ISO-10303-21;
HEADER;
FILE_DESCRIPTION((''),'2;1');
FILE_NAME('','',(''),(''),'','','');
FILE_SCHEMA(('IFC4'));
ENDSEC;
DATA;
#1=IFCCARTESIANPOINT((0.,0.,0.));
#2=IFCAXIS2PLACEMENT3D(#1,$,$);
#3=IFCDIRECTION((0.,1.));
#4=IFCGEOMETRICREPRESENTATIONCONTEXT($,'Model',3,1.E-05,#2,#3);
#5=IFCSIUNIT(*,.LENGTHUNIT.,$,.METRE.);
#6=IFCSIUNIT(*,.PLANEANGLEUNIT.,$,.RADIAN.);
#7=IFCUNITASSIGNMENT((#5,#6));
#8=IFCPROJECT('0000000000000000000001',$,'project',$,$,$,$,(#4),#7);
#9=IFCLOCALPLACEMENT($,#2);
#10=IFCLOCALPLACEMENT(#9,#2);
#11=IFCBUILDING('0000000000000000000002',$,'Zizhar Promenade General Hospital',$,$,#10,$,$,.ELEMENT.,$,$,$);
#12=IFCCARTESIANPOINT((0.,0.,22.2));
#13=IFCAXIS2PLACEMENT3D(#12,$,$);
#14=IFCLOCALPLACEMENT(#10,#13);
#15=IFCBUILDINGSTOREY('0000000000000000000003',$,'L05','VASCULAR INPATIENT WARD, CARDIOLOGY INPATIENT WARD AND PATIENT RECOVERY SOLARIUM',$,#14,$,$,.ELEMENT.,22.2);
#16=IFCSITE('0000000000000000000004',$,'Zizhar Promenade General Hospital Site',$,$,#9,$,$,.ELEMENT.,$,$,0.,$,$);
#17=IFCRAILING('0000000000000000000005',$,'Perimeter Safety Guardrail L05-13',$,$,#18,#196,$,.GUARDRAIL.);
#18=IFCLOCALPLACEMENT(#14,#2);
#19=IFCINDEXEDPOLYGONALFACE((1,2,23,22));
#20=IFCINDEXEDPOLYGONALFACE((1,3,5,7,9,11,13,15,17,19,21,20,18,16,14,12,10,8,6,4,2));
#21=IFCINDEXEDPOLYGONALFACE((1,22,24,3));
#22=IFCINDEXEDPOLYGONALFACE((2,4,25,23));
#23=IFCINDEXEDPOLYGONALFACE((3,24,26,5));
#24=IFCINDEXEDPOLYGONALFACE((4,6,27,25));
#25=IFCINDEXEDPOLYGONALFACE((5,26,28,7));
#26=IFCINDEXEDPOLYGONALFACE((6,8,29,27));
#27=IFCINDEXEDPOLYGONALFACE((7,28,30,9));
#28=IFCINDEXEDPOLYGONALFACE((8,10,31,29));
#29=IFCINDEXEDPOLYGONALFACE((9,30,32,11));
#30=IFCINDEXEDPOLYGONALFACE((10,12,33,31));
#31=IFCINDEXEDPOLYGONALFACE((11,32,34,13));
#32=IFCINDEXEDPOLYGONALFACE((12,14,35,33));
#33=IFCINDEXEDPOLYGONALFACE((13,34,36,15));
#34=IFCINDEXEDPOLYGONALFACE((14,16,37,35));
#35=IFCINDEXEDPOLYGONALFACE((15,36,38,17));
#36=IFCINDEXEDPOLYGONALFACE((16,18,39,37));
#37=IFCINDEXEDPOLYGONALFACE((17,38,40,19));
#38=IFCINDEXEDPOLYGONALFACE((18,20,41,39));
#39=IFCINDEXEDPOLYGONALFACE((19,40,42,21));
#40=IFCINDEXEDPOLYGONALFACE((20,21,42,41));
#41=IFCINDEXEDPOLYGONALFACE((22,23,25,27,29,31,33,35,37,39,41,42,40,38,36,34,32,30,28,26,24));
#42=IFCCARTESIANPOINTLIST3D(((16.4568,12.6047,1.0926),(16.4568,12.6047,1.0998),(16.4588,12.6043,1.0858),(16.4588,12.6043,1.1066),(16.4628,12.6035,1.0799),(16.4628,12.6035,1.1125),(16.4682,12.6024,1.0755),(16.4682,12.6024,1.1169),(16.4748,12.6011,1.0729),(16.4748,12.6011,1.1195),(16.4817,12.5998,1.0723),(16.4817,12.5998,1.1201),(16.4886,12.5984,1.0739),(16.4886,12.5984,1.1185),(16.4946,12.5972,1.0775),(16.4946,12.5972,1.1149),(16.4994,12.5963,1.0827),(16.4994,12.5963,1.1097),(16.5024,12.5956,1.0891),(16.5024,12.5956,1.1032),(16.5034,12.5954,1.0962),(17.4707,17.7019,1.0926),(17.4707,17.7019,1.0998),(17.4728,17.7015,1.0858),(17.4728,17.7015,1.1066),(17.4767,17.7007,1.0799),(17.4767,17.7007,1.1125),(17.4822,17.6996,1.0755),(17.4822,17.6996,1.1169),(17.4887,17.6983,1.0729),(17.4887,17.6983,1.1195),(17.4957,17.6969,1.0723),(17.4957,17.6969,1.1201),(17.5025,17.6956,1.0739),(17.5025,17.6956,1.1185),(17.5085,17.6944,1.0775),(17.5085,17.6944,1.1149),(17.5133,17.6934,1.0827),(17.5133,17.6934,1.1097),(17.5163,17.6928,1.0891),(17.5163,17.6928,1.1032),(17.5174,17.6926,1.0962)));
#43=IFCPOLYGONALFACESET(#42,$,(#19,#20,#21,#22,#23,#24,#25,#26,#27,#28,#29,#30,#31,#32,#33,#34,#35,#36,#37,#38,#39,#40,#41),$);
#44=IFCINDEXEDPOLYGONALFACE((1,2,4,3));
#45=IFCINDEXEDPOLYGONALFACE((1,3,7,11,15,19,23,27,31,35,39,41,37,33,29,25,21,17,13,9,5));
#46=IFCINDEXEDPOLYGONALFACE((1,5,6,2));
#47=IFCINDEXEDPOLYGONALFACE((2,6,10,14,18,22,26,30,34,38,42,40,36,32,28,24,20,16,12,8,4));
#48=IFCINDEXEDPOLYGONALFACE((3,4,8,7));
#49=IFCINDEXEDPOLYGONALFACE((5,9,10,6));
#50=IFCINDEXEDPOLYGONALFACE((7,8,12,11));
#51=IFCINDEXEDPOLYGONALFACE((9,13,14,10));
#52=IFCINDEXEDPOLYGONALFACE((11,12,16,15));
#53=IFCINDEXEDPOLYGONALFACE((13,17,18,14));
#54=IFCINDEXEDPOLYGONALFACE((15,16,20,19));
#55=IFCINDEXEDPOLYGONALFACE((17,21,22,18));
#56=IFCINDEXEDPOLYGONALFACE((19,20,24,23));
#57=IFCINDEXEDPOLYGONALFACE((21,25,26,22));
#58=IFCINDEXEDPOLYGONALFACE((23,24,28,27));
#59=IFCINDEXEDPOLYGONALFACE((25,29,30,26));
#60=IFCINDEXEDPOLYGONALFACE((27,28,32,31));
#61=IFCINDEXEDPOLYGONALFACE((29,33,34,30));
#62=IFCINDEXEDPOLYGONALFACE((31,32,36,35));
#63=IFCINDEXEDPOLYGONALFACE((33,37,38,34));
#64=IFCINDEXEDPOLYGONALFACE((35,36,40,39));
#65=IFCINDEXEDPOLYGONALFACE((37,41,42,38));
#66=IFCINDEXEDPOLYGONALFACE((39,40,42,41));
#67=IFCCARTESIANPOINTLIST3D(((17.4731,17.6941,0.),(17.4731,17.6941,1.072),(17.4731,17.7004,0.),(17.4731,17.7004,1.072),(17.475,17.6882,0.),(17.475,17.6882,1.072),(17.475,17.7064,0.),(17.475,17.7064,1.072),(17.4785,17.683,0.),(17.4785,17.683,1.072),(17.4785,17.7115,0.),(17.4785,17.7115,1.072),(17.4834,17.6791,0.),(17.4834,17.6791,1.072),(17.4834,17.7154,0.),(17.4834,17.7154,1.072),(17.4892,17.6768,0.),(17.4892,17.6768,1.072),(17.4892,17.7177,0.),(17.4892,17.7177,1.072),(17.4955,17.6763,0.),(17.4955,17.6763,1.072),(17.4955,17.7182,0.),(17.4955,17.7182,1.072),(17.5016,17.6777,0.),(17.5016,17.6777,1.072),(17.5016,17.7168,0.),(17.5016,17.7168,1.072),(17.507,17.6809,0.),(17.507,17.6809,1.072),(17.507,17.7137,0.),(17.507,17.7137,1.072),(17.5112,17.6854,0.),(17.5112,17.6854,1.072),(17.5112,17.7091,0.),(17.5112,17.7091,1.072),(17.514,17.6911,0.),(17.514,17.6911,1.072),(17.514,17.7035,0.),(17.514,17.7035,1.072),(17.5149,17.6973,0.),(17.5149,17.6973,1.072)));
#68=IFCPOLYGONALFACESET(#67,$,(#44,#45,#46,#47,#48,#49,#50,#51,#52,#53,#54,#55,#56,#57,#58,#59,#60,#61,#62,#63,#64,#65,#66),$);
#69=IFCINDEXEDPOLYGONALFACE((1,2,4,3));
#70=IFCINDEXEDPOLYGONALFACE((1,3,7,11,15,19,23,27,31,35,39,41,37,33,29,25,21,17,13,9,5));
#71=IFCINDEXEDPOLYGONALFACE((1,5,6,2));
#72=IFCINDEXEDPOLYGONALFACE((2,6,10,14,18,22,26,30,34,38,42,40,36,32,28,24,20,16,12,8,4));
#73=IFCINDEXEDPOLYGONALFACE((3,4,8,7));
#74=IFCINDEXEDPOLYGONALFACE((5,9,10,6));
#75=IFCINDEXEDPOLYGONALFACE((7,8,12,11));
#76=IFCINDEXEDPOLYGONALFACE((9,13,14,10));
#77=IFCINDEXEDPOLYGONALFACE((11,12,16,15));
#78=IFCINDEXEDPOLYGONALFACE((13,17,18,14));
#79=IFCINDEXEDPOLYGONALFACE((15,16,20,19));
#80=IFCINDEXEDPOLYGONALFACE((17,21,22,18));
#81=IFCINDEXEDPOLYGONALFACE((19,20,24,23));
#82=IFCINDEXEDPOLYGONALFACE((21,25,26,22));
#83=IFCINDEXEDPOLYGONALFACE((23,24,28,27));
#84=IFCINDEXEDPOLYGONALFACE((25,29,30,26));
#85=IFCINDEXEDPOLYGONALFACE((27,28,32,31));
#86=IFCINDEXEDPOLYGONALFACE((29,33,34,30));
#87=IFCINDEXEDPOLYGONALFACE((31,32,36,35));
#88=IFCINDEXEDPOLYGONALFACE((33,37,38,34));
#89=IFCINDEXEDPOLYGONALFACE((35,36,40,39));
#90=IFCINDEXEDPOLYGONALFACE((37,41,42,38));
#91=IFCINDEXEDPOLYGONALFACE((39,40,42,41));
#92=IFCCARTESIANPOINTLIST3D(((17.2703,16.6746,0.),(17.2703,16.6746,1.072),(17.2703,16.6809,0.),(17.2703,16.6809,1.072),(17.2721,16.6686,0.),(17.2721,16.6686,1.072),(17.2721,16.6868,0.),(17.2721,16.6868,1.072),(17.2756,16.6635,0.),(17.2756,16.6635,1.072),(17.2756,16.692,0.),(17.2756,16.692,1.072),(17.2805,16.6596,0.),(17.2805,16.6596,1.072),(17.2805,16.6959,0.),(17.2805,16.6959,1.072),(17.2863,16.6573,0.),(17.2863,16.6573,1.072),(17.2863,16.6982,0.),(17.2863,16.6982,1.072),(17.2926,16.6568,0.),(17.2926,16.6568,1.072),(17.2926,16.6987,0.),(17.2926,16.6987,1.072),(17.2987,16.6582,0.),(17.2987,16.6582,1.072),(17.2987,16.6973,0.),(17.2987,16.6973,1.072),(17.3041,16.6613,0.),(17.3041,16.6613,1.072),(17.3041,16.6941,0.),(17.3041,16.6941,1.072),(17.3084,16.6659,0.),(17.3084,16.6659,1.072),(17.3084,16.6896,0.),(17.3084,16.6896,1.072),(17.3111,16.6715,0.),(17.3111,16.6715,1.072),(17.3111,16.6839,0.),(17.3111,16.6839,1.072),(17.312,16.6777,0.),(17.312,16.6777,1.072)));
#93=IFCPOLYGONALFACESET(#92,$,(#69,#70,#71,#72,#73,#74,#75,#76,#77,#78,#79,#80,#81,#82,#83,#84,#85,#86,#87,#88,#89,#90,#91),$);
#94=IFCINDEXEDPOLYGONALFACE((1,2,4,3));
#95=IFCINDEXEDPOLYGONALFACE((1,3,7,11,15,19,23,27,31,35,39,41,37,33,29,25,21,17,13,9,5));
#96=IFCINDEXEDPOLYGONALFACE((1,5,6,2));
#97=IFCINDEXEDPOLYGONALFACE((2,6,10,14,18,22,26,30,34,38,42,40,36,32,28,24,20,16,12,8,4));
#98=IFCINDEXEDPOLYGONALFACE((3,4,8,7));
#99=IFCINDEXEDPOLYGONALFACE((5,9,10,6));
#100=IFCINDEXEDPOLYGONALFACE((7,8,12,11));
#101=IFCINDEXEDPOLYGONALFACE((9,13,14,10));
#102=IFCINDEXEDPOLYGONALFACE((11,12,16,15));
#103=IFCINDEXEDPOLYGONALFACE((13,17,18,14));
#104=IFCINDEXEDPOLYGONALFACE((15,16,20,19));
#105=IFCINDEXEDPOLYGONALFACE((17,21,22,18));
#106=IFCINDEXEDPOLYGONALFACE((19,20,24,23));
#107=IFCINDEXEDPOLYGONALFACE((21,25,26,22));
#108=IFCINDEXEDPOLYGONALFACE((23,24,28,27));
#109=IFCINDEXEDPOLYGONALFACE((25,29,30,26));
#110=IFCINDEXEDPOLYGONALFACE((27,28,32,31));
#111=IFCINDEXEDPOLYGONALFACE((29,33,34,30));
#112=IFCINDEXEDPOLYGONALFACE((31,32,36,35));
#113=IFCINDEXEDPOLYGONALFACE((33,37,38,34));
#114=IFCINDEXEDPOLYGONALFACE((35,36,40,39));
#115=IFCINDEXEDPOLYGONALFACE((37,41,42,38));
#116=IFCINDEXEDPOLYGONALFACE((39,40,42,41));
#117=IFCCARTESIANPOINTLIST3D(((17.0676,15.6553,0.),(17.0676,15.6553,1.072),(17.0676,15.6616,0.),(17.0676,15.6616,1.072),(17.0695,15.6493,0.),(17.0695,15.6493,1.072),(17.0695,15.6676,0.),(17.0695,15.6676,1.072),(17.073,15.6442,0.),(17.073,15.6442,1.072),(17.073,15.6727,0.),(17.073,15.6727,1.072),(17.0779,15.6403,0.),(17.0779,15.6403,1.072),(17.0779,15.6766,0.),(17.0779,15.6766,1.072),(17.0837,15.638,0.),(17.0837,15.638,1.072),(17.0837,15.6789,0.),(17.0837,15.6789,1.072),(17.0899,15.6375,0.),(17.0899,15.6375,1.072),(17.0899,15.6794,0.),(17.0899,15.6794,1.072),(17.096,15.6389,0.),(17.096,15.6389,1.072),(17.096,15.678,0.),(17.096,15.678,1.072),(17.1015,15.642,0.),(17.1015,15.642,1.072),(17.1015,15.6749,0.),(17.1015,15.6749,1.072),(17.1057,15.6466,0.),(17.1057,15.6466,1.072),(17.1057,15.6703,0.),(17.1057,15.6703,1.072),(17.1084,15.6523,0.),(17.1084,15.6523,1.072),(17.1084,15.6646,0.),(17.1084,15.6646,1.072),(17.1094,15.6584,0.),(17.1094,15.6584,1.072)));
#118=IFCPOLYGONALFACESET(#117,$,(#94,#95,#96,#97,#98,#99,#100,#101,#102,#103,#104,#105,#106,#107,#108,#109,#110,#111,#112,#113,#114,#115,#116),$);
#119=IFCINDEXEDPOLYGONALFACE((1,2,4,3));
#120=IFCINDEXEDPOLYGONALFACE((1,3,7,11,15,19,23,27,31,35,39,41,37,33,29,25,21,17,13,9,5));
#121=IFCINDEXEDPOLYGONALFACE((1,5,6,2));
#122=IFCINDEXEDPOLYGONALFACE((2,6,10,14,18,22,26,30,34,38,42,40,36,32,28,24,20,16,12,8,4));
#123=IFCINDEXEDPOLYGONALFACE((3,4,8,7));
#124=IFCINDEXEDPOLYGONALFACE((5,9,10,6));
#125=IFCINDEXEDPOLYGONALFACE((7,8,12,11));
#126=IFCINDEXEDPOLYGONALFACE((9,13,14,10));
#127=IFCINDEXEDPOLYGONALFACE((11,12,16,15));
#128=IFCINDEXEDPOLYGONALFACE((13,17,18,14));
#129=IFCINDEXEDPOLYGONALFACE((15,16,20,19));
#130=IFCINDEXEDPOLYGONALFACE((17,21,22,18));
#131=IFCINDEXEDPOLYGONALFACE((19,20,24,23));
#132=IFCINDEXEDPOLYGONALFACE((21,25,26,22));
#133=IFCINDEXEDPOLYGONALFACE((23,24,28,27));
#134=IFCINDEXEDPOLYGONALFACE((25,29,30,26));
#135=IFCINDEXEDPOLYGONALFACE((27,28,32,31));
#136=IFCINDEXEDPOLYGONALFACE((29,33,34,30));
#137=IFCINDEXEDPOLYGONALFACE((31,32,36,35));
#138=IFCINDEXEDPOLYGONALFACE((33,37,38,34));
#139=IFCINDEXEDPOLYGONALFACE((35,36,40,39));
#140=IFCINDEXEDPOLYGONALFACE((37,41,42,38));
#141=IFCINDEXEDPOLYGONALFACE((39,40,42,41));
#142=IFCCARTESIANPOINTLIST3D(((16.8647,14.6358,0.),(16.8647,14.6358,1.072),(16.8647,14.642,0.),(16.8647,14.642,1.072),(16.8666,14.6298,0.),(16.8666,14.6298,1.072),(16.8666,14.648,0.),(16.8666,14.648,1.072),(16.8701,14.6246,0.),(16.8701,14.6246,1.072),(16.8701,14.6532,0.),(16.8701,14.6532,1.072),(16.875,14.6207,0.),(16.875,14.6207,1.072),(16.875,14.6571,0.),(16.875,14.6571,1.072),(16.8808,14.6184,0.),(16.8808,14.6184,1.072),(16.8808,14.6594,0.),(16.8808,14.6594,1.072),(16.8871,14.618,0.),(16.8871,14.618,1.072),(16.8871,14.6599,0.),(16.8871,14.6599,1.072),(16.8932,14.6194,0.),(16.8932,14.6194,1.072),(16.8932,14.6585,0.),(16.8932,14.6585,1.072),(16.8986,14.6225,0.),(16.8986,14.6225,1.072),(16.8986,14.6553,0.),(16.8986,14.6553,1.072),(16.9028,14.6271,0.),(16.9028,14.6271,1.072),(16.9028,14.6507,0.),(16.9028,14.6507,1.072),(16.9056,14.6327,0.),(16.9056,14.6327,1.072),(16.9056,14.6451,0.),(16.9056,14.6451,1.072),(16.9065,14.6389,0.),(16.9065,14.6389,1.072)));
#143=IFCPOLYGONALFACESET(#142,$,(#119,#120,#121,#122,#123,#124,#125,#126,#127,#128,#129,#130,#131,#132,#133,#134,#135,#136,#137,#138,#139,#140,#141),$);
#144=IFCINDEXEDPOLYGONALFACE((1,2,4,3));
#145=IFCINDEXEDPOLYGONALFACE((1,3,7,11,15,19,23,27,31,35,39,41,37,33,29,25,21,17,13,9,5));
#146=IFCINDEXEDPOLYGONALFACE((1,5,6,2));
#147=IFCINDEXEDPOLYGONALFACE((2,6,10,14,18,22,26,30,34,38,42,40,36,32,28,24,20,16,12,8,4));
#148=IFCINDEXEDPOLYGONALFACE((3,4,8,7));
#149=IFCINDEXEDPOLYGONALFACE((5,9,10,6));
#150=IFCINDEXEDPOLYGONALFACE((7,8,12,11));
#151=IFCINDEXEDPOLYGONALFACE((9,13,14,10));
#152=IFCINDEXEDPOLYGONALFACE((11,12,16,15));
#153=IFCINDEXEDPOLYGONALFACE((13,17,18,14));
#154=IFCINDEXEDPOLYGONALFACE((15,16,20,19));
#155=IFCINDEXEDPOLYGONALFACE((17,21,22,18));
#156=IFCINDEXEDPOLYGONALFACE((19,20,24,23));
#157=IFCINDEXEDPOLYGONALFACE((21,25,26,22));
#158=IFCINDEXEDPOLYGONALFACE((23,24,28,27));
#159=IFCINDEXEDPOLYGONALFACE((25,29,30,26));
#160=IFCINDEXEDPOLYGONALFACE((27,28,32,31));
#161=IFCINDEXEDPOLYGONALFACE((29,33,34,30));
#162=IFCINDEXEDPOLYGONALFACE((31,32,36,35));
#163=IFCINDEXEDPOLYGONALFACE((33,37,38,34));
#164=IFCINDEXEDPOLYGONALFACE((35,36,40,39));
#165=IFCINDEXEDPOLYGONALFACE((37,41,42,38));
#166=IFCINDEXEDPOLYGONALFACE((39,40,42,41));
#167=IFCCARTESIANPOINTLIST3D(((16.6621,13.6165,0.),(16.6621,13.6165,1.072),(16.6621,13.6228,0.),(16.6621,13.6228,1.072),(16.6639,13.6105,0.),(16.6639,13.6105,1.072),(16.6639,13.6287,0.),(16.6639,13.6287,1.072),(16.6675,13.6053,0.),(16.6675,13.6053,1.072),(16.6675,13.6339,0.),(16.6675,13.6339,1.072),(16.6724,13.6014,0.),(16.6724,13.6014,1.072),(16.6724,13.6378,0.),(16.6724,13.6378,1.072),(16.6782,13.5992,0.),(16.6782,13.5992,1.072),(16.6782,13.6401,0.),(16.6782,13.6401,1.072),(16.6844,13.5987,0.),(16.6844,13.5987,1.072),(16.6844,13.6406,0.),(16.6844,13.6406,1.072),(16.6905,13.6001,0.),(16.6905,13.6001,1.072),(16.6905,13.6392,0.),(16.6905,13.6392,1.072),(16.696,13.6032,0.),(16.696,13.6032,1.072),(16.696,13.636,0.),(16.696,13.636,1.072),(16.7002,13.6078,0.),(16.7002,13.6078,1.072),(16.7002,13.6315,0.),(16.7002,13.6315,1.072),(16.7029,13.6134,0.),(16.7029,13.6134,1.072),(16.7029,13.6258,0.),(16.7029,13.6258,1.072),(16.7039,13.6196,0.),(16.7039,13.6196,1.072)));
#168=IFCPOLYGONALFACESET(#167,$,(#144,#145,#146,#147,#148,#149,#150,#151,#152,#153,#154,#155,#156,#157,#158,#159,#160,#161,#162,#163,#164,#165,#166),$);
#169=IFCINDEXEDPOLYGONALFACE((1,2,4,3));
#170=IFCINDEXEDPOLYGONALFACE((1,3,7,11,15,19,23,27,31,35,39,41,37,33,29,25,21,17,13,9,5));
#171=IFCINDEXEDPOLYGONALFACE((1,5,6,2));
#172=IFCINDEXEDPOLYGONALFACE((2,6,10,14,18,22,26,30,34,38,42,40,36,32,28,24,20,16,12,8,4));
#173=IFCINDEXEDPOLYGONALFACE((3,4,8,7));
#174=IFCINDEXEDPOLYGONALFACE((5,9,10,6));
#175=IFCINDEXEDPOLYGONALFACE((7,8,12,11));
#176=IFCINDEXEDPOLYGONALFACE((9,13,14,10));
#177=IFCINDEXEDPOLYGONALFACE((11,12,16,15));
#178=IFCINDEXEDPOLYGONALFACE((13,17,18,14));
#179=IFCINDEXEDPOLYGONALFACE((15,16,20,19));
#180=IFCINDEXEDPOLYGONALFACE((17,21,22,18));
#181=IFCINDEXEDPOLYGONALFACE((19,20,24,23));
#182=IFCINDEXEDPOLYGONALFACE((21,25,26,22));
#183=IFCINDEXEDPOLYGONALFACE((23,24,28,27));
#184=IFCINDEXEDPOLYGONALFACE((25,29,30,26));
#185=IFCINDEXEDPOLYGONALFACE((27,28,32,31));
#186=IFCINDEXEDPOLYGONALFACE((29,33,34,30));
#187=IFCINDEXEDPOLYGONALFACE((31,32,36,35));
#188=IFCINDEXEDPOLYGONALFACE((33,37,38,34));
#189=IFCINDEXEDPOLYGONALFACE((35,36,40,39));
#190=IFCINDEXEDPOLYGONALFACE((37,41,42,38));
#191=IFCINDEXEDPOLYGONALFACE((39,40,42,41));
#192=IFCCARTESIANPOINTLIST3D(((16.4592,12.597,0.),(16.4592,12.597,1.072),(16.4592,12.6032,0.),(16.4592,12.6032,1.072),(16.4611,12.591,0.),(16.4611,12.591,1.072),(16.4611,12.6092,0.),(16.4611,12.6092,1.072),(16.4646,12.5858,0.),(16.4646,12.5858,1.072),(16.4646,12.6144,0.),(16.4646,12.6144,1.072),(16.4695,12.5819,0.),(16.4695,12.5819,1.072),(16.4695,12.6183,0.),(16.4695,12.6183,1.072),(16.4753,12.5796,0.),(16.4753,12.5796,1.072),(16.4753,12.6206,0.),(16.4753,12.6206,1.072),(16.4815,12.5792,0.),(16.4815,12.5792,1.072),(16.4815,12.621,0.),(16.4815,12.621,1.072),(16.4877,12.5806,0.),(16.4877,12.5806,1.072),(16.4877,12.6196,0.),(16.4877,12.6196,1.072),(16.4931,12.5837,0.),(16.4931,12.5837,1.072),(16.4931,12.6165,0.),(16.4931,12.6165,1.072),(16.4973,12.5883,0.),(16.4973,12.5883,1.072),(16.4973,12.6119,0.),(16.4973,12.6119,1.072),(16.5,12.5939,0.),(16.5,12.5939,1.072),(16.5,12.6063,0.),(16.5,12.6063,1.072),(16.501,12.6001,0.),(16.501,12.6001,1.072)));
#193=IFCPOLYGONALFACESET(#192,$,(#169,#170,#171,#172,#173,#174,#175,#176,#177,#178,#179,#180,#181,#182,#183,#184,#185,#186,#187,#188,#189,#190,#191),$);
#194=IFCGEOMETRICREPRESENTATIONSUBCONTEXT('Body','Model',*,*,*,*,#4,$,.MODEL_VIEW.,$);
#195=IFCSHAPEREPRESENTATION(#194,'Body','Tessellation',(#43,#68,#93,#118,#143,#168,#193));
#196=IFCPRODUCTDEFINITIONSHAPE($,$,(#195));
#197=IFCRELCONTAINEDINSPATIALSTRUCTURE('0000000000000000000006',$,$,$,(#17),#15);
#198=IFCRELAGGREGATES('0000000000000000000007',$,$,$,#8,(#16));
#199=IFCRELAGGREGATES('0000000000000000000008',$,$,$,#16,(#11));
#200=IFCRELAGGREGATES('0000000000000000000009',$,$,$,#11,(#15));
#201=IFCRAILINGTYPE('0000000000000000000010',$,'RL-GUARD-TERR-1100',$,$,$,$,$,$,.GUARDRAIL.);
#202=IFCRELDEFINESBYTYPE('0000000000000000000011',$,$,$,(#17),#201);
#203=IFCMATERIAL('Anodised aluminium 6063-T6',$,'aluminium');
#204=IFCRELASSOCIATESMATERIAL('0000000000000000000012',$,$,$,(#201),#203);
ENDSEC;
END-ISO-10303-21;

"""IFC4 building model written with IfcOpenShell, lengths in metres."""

from ifc_helpers import new_model, si_unit, direction, frame, origin, origin_2d, place, context, subcontext, project, spatial, circle, hollow_circle, extrude, material, material_profile, profile_set, type_object, element, save


model = new_model("IFC4")

# Units and contexts
model_context = context("Model", 3, precision=1e-05, world=origin(), true_north=direction((0.0, 1.0)))
body_context = subcontext(model_context, "Body", "Model", "MODEL_VIEW")
ifc_project = project(units=[si_unit("LENGTHUNIT", "METRE"), si_unit("PLANEANGLEUNIT", "RADIAN")], contexts=[model_context])

# Site, building, storey
site_placement = place(None, origin())
site = spatial("IfcSite", under=ifc_project, at=site_placement, Name="Zizhar Promenade General Hospital Site", CompositionType="ELEMENT", RefElevation=0.0)
building_placement = place(site_placement, origin())
building = spatial("IfcBuilding", under=site, at=building_placement, Name="Zizhar Promenade General Hospital", CompositionType="ELEMENT")
storey_placement = place(building_placement, frame((0.0, 0.0, 22.2)))
storey = spatial("IfcBuildingStorey", under=building, at=storey_placement, Name="L05", Description="VASCULAR INPATIENT WARD, CARDIOLOGY INPATIENT WARD AND PATIENT RECOVERY SOLARIUM", CompositionType="ELEMENT", Elevation=22.2)

# Railing
ifc_material_1 = material(Name="Anodised aluminium 6063-T6", Category="aluminium")
ifc_material_profile_1 = material_profile(ifc_material_1, hollow_circle(Radius=0.0698, WallThickness=0.0063, at=origin_2d()))
ifc_profile_set_1 = profile_set([ifc_material_profile_1], Name="Anodised aluminium 6063-T6")
railing_type = type_object("IfcRailingType", Name="RL-GUARD-TERR-1100", PredefinedType="GUARDRAIL", material=ifc_profile_set_1)
railing_1_placement = place(storey_placement, frame((17.4939, 17.6973, 0.0)))
element("IfcRailing", 1, at=railing_1_placement, inside=storey, type_object=railing_type, Name="Perimeter Safety Guardrail L05-13", PredefinedType="GUARDRAIL", context=body_context, shape_type="SweptSolid", body=[
    extrude(circle(Radius=0.0239, at=origin_2d()), frame((0.0, 0.0, 1.0962), z_axis=(-0.195095, -0.980784, 0.0), x_axis=(0.980784, -0.195095, 0.0)), (0.0, 0.0, 1.0), 5.197),
    extrude(circle(Radius=0.021, at=origin_2d()), origin(), (0.0, 0.0, 1.0), 1.072),
    extrude(circle(Radius=0.021, at=origin_2d()), frame((-0.2029, -1.0195, 0.0)), (0.0, 0.0, 1.0), 1.072),
    extrude(circle(Radius=0.021, at=origin_2d()), frame((-0.4055, -2.0388, 0.0)), (0.0, 0.0, 1.0), 1.072),
    extrude(circle(Radius=0.021, at=origin_2d()), frame((-0.6084, -3.0583, 0.0)), (0.0, 0.0, 1.0), 1.072),
    extrude(circle(Radius=0.021, at=origin_2d()), frame((-0.811, -4.0776, 0.0)), (0.0, 0.0, 1.0), 1.072),
    extrude(circle(Radius=0.021, at=origin_2d()), frame((-1.0139, -5.0972, 0.0)), (0.0, 0.0, 1.0), 1.072),
])

save(model, "model.ifc")
